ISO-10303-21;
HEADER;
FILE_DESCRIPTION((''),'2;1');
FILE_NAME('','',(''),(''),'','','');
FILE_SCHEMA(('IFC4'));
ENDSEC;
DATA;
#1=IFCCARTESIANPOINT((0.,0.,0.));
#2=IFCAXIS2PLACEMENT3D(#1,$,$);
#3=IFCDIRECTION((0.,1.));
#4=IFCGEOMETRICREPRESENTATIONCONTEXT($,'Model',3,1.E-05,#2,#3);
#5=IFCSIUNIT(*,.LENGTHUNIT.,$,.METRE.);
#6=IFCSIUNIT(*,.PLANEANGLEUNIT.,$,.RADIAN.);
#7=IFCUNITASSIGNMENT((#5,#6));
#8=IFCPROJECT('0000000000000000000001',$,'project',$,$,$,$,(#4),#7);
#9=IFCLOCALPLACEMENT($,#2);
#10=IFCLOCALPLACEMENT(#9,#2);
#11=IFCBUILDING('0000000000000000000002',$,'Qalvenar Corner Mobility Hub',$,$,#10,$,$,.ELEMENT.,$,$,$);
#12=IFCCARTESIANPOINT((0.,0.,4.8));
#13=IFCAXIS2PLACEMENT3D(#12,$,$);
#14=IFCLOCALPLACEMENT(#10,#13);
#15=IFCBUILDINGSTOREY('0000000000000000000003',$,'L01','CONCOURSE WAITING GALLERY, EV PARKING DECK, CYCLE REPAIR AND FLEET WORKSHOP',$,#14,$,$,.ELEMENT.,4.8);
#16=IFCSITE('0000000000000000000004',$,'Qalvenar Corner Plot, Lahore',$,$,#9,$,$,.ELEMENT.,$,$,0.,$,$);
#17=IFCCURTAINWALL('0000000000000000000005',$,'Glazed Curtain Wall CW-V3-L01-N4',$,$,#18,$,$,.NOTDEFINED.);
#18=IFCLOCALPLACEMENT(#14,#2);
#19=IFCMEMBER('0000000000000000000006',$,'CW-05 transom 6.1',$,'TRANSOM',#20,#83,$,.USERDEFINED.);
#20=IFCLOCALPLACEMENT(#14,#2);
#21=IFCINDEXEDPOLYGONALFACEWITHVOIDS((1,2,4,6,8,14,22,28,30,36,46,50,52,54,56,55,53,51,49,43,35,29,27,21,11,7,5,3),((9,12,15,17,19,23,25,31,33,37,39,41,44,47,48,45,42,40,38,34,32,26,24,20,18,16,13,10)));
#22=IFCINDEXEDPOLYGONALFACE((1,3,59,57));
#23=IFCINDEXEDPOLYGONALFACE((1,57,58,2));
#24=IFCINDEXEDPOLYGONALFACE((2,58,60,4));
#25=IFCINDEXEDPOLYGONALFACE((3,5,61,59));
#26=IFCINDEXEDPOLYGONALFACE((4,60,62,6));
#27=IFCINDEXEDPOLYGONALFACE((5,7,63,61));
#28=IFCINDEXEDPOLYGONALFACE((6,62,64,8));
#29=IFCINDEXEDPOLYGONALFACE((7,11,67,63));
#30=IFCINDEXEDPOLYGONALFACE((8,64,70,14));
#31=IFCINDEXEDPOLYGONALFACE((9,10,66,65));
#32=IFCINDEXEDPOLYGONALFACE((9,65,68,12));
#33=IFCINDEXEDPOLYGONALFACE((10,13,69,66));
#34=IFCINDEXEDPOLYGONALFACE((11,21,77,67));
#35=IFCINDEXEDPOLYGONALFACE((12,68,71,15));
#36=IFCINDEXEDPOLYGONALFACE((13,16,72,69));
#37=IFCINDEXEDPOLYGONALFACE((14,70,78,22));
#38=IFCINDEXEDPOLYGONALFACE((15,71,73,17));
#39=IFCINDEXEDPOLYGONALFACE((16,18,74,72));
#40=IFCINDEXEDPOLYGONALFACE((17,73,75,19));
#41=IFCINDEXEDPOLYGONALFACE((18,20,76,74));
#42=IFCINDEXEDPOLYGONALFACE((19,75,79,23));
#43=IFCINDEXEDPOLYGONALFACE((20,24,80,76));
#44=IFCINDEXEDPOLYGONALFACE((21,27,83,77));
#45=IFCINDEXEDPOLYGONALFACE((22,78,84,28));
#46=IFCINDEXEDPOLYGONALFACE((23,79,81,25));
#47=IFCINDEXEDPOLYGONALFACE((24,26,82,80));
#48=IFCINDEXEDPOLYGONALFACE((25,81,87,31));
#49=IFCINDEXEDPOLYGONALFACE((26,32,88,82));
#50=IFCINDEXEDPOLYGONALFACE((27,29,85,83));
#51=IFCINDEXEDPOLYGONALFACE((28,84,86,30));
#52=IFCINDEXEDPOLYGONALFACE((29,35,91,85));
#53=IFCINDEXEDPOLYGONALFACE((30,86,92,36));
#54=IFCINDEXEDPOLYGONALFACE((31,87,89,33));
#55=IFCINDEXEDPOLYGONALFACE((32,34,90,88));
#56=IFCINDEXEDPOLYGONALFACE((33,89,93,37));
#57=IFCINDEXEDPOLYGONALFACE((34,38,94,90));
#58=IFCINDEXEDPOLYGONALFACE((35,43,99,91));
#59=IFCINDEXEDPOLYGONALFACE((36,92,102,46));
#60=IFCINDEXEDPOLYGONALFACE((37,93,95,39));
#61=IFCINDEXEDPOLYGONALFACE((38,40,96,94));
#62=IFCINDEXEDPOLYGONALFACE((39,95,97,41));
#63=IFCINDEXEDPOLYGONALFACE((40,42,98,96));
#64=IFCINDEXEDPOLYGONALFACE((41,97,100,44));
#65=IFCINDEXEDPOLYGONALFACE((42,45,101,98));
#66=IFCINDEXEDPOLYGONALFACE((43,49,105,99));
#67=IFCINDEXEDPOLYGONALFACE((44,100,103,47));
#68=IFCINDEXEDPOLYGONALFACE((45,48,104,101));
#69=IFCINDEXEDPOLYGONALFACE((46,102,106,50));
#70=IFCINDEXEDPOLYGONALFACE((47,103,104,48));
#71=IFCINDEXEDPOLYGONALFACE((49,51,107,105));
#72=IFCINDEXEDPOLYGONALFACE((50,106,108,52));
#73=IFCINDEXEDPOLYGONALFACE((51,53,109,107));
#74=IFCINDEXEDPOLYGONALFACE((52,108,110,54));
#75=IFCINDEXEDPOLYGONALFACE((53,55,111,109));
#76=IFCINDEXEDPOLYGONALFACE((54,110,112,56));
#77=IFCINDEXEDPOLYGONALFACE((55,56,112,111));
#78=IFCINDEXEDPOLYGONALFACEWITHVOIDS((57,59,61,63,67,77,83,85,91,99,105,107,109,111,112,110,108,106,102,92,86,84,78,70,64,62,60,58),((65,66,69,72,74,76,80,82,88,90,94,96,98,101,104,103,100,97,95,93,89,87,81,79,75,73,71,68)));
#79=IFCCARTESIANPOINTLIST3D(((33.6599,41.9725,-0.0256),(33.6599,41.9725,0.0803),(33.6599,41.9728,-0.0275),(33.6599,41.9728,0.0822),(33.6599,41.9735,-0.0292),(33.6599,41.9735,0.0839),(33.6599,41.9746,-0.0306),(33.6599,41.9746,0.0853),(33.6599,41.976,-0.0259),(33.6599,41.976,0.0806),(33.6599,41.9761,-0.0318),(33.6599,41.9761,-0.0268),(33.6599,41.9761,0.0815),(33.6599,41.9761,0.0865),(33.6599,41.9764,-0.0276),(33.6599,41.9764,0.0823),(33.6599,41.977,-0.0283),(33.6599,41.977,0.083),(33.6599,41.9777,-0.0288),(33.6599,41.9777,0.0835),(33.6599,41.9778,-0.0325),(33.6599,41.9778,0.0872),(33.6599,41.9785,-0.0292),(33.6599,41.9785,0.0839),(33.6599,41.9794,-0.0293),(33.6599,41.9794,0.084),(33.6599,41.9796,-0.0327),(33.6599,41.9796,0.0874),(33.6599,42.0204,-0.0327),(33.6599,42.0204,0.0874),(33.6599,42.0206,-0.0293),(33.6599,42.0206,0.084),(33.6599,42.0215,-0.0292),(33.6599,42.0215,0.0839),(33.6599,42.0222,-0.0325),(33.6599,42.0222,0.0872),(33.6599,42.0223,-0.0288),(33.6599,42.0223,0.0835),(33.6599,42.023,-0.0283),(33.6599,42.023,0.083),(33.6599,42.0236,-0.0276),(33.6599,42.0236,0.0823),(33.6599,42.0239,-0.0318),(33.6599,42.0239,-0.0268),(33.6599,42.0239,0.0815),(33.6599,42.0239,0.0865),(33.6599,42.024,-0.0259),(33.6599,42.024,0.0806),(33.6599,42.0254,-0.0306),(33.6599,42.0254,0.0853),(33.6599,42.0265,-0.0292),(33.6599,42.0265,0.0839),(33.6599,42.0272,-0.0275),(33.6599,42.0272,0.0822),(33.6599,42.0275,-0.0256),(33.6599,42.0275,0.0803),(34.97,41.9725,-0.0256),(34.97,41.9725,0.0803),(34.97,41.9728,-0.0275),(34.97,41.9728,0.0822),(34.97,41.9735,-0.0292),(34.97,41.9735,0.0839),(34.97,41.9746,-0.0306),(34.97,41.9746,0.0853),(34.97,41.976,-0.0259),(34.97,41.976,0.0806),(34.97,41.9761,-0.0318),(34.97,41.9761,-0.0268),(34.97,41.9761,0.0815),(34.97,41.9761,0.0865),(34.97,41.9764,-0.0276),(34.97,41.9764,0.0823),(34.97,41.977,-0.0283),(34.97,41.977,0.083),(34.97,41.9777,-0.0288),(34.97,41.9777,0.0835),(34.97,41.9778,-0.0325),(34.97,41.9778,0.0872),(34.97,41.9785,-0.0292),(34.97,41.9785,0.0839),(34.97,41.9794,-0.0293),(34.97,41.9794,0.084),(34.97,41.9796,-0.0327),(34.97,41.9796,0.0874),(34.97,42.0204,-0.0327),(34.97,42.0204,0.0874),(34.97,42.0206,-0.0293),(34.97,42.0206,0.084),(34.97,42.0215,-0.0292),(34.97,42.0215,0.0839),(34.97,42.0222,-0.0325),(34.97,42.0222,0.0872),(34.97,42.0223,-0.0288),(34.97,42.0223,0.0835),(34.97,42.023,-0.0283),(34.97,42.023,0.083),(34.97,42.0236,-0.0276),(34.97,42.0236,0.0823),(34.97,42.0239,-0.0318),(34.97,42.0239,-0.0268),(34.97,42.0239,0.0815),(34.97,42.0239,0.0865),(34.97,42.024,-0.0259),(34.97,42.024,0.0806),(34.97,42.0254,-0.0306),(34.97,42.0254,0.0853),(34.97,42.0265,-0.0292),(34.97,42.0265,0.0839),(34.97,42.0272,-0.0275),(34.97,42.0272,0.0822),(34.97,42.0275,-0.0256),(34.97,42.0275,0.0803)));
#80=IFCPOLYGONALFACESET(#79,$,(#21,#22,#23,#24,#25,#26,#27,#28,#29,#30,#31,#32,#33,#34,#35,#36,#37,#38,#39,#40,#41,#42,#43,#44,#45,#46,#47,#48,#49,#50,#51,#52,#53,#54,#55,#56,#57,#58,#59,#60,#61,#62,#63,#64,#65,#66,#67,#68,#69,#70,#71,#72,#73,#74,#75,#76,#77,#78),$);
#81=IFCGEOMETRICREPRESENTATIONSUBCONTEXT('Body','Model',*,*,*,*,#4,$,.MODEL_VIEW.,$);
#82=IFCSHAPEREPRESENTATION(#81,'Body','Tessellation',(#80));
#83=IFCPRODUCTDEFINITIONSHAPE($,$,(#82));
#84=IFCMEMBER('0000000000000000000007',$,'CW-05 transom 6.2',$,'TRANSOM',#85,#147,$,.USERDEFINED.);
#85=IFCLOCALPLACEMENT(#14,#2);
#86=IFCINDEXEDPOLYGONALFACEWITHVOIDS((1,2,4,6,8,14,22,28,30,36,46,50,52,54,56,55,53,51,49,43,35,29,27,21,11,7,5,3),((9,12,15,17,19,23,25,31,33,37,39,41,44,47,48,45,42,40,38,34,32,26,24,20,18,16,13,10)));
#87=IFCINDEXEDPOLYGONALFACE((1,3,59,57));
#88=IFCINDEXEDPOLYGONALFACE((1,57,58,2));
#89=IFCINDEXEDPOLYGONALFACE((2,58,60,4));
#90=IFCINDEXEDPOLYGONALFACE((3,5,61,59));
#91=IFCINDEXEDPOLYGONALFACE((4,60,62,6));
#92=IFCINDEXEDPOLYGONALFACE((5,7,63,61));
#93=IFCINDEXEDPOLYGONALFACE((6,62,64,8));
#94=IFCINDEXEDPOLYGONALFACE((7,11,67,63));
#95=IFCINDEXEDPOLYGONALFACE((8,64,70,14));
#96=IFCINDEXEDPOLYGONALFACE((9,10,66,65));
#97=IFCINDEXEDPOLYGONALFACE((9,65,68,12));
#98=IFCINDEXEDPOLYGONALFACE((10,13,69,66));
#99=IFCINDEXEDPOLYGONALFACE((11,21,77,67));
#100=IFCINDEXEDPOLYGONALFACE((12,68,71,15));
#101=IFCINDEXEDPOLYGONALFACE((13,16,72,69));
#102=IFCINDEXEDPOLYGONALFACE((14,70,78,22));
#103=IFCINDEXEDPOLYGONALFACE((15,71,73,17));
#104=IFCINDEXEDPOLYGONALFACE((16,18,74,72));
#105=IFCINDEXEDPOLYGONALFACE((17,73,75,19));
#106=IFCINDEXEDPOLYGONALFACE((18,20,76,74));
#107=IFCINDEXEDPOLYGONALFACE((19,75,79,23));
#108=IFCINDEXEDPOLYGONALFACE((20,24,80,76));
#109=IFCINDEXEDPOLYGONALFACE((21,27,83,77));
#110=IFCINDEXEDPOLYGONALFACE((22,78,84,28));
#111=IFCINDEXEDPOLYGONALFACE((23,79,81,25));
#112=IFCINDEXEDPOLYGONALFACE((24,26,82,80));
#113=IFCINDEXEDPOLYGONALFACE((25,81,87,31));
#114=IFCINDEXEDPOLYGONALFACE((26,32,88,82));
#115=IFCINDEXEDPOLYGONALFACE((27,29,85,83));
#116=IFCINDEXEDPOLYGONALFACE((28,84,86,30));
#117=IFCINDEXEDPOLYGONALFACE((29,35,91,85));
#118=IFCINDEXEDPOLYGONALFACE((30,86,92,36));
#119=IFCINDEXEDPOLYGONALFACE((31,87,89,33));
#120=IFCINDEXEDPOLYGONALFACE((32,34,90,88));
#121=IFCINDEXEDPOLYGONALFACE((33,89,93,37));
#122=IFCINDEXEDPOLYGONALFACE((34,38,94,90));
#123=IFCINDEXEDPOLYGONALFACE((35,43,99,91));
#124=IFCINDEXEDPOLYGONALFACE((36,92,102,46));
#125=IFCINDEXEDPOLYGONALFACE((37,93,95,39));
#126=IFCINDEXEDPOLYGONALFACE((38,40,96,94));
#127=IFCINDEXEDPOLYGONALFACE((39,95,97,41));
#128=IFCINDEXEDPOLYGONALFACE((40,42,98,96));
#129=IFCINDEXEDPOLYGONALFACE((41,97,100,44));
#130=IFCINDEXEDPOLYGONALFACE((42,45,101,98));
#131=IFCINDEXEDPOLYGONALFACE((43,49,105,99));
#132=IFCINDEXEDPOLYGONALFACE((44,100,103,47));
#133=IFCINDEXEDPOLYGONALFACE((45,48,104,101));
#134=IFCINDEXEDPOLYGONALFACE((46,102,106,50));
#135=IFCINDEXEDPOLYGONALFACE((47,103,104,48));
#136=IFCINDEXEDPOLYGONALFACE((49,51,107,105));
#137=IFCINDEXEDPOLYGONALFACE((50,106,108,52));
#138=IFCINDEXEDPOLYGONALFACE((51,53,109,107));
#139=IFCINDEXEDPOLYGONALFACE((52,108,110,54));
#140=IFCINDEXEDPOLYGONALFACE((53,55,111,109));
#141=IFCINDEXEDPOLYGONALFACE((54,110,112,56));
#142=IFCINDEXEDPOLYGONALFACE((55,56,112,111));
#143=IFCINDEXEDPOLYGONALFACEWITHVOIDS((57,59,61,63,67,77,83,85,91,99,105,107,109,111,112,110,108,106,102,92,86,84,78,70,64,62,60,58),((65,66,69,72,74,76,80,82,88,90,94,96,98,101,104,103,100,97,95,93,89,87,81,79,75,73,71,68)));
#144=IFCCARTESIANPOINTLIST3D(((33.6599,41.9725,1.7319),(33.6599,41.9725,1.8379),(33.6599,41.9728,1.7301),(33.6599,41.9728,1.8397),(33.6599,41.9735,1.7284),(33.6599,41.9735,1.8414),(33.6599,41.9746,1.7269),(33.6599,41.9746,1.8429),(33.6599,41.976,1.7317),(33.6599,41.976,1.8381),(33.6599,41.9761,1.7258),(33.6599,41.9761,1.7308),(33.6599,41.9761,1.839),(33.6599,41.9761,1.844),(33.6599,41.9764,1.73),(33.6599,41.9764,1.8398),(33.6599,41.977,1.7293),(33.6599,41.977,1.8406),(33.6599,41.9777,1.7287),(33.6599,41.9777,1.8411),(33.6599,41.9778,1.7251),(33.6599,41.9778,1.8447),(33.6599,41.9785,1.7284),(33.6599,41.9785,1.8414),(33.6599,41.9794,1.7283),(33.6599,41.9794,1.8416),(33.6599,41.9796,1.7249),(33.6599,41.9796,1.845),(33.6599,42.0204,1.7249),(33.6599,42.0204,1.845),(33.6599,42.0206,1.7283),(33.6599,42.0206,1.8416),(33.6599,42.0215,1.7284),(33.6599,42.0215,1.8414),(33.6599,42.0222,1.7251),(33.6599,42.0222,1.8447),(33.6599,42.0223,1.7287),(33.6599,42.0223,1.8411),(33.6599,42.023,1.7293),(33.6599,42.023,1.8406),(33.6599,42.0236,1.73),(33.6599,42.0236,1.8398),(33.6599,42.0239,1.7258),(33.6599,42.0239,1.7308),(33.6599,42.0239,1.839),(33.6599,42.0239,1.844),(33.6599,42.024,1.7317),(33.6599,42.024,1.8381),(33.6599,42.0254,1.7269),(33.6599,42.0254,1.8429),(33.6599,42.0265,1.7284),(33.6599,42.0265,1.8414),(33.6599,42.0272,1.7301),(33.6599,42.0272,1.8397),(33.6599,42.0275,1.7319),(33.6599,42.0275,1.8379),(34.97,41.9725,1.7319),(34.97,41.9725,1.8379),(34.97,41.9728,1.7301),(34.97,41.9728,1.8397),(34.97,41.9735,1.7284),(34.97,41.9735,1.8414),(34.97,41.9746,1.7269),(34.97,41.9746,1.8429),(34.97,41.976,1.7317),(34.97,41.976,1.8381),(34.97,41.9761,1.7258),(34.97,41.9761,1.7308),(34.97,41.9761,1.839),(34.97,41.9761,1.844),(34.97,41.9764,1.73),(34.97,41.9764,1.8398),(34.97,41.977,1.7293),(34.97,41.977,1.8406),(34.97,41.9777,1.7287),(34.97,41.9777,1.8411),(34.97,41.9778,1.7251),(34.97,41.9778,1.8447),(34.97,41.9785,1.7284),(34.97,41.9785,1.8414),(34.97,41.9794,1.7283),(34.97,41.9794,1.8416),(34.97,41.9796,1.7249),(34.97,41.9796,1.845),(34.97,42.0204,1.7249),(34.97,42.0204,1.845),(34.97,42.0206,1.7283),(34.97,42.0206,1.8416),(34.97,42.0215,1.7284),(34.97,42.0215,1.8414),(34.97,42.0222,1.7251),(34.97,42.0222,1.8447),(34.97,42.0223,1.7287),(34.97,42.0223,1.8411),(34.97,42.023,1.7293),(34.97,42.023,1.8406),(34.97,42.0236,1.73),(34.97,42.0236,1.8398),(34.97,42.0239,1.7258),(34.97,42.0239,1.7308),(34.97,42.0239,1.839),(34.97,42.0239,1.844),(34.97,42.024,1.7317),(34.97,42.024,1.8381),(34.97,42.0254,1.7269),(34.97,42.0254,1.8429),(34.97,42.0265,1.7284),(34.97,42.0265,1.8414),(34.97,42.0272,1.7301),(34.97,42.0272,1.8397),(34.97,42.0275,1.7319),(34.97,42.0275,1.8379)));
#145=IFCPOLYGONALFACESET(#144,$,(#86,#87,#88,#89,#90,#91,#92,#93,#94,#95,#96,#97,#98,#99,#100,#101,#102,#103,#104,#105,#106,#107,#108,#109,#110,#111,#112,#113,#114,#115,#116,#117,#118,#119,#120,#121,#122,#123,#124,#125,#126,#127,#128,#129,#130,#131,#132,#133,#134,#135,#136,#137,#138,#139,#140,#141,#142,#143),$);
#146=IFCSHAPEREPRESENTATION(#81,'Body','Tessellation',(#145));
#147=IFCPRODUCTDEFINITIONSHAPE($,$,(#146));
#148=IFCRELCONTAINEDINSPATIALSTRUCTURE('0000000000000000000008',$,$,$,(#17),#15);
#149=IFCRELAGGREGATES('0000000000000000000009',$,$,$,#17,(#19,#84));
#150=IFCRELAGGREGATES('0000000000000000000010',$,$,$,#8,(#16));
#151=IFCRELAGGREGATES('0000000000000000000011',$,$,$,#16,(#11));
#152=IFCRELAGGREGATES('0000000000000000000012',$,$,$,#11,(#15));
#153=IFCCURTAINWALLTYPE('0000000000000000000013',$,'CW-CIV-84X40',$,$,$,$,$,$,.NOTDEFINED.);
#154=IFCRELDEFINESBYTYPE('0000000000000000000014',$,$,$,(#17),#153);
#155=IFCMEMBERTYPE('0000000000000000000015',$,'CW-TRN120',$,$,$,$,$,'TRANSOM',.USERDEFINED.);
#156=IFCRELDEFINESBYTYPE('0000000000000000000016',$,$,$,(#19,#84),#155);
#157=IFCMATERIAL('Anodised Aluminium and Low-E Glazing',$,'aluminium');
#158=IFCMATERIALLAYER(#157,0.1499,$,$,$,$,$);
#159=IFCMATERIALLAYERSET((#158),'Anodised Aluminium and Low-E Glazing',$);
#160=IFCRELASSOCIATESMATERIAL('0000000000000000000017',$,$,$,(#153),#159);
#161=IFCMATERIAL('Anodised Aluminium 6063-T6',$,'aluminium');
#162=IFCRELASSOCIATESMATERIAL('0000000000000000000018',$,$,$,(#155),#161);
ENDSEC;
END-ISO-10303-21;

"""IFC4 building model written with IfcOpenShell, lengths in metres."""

from ifc_helpers import new_model, si_unit, direction, frame, origin, origin_2d, place, context, subcontext, project, spatial, hollow_rectangle, extrude, material, layer, layer_set, material_profile, profile_set, type_object, element, aggregate, save


model = new_model("IFC4")

# Units and contexts
model_context = context("Model", 3, precision=1e-05, world=origin(), true_north=direction((0.0, 1.0)))
body_context = subcontext(model_context, "Body", "Model", "MODEL_VIEW")
ifc_project = project(units=[si_unit("LENGTHUNIT", "METRE"), si_unit("PLANEANGLEUNIT", "RADIAN")], contexts=[model_context])

# Site, building, storey
site_placement = place(None, origin())
site = spatial("IfcSite", under=ifc_project, at=site_placement, Name="Qalvenar Corner Plot, Lahore", CompositionType="ELEMENT", RefElevation=0.0)
building_placement = place(site_placement, origin())
building = spatial("IfcBuilding", under=site, at=building_placement, Name="Qalvenar Corner Mobility Hub", CompositionType="ELEMENT")
storey_placement = place(building_placement, frame((0.0, 0.0, 4.8)))
storey = spatial("IfcBuildingStorey", under=building, at=storey_placement, Name="L01", Description="CONCOURSE WAITING GALLERY, EV PARKING DECK, CYCLE REPAIR AND FLEET WORKSHOP", CompositionType="ELEMENT", Elevation=4.8)

# Curtain wall, members
ifc_material_1 = material(Name="Anodised Aluminium and Low-E Glazing", Category="aluminium")
ifc_layer_1 = layer(ifc_material_1, 0.1499)
ifc_layer_set_1 = layer_set([ifc_layer_1], Name="Anodised Aluminium and Low-E Glazing")
curtain_wall_type = type_object("IfcCurtainWallType", Name="CW-CIV-84X40", PredefinedType="NOTDEFINED", material=ifc_layer_set_1)
curtain_wall_placement = place(storey_placement, origin())
curtain_wall = element("IfcCurtainWall", 1, at=curtain_wall_placement, inside=storey, type_object=curtain_wall_type, Name="Glazed Curtain Wall CW-V3-L01-N4", PredefinedType="NOTDEFINED")
ifc_material_2 = material(Name="Anodised Aluminium 6063-T6", Category="aluminium")
ifc_material_profile_1 = material_profile(ifc_material_2, hollow_rectangle(XDim=0.0549, YDim=0.1201, WallThickness=0.0034, InnerFilletRadius=0.0034, OuterFilletRadius=0.0071, at=origin_2d()), Name="RHS120x55x3.5")
ifc_profile_set_1 = profile_set([ifc_material_profile_1], Name="Anodised Aluminium 6063-T6")
member_type_1 = type_object("IfcMemberType", Name="CW-TRN120", ElementType="TRANSOM", PredefinedType="USERDEFINED", material=ifc_profile_set_1)
member_1_placement = place(storey_placement, frame((34.97, 42.0, 0.0273), z_axis=(-1.0, 0.0, 0.0), x_axis=(0.0, -1.0, 0.0)))
member_1 = element("IfcMember", 2, at=member_1_placement, type_object=member_type_1, Name="CW-05 transom 6.1", ObjectType="TRANSOM", PredefinedType="USERDEFINED", context=body_context, shape_type="SweptSolid", body=[
    extrude(hollow_rectangle(XDim=0.0549, YDim=0.1201, WallThickness=0.0034, InnerFilletRadius=0.0034, OuterFilletRadius=0.0071, at=origin_2d()), origin(), (0.0, 0.0, 1.0), 1.3101),
])
member_2_placement = place(storey_placement, frame((34.97, 42.0, 1.7849), z_axis=(-1.0, 0.0, 0.0), x_axis=(0.0, -1.0, 0.0)))
member_2 = element("IfcMember", 3, at=member_2_placement, type_object=member_type_1, Name="CW-05 transom 6.2", ObjectType="TRANSOM", PredefinedType="USERDEFINED", context=body_context, shape_type="SweptSolid", body=[
    extrude(hollow_rectangle(XDim=0.0549, YDim=0.1201, WallThickness=0.0034, InnerFilletRadius=0.0034, OuterFilletRadius=0.0071, at=origin_2d()), origin(), (0.0, 0.0, 1.0), 1.3101),
])
aggregate(curtain_wall, [member_1, member_2])

save(model, "model.ifc")
